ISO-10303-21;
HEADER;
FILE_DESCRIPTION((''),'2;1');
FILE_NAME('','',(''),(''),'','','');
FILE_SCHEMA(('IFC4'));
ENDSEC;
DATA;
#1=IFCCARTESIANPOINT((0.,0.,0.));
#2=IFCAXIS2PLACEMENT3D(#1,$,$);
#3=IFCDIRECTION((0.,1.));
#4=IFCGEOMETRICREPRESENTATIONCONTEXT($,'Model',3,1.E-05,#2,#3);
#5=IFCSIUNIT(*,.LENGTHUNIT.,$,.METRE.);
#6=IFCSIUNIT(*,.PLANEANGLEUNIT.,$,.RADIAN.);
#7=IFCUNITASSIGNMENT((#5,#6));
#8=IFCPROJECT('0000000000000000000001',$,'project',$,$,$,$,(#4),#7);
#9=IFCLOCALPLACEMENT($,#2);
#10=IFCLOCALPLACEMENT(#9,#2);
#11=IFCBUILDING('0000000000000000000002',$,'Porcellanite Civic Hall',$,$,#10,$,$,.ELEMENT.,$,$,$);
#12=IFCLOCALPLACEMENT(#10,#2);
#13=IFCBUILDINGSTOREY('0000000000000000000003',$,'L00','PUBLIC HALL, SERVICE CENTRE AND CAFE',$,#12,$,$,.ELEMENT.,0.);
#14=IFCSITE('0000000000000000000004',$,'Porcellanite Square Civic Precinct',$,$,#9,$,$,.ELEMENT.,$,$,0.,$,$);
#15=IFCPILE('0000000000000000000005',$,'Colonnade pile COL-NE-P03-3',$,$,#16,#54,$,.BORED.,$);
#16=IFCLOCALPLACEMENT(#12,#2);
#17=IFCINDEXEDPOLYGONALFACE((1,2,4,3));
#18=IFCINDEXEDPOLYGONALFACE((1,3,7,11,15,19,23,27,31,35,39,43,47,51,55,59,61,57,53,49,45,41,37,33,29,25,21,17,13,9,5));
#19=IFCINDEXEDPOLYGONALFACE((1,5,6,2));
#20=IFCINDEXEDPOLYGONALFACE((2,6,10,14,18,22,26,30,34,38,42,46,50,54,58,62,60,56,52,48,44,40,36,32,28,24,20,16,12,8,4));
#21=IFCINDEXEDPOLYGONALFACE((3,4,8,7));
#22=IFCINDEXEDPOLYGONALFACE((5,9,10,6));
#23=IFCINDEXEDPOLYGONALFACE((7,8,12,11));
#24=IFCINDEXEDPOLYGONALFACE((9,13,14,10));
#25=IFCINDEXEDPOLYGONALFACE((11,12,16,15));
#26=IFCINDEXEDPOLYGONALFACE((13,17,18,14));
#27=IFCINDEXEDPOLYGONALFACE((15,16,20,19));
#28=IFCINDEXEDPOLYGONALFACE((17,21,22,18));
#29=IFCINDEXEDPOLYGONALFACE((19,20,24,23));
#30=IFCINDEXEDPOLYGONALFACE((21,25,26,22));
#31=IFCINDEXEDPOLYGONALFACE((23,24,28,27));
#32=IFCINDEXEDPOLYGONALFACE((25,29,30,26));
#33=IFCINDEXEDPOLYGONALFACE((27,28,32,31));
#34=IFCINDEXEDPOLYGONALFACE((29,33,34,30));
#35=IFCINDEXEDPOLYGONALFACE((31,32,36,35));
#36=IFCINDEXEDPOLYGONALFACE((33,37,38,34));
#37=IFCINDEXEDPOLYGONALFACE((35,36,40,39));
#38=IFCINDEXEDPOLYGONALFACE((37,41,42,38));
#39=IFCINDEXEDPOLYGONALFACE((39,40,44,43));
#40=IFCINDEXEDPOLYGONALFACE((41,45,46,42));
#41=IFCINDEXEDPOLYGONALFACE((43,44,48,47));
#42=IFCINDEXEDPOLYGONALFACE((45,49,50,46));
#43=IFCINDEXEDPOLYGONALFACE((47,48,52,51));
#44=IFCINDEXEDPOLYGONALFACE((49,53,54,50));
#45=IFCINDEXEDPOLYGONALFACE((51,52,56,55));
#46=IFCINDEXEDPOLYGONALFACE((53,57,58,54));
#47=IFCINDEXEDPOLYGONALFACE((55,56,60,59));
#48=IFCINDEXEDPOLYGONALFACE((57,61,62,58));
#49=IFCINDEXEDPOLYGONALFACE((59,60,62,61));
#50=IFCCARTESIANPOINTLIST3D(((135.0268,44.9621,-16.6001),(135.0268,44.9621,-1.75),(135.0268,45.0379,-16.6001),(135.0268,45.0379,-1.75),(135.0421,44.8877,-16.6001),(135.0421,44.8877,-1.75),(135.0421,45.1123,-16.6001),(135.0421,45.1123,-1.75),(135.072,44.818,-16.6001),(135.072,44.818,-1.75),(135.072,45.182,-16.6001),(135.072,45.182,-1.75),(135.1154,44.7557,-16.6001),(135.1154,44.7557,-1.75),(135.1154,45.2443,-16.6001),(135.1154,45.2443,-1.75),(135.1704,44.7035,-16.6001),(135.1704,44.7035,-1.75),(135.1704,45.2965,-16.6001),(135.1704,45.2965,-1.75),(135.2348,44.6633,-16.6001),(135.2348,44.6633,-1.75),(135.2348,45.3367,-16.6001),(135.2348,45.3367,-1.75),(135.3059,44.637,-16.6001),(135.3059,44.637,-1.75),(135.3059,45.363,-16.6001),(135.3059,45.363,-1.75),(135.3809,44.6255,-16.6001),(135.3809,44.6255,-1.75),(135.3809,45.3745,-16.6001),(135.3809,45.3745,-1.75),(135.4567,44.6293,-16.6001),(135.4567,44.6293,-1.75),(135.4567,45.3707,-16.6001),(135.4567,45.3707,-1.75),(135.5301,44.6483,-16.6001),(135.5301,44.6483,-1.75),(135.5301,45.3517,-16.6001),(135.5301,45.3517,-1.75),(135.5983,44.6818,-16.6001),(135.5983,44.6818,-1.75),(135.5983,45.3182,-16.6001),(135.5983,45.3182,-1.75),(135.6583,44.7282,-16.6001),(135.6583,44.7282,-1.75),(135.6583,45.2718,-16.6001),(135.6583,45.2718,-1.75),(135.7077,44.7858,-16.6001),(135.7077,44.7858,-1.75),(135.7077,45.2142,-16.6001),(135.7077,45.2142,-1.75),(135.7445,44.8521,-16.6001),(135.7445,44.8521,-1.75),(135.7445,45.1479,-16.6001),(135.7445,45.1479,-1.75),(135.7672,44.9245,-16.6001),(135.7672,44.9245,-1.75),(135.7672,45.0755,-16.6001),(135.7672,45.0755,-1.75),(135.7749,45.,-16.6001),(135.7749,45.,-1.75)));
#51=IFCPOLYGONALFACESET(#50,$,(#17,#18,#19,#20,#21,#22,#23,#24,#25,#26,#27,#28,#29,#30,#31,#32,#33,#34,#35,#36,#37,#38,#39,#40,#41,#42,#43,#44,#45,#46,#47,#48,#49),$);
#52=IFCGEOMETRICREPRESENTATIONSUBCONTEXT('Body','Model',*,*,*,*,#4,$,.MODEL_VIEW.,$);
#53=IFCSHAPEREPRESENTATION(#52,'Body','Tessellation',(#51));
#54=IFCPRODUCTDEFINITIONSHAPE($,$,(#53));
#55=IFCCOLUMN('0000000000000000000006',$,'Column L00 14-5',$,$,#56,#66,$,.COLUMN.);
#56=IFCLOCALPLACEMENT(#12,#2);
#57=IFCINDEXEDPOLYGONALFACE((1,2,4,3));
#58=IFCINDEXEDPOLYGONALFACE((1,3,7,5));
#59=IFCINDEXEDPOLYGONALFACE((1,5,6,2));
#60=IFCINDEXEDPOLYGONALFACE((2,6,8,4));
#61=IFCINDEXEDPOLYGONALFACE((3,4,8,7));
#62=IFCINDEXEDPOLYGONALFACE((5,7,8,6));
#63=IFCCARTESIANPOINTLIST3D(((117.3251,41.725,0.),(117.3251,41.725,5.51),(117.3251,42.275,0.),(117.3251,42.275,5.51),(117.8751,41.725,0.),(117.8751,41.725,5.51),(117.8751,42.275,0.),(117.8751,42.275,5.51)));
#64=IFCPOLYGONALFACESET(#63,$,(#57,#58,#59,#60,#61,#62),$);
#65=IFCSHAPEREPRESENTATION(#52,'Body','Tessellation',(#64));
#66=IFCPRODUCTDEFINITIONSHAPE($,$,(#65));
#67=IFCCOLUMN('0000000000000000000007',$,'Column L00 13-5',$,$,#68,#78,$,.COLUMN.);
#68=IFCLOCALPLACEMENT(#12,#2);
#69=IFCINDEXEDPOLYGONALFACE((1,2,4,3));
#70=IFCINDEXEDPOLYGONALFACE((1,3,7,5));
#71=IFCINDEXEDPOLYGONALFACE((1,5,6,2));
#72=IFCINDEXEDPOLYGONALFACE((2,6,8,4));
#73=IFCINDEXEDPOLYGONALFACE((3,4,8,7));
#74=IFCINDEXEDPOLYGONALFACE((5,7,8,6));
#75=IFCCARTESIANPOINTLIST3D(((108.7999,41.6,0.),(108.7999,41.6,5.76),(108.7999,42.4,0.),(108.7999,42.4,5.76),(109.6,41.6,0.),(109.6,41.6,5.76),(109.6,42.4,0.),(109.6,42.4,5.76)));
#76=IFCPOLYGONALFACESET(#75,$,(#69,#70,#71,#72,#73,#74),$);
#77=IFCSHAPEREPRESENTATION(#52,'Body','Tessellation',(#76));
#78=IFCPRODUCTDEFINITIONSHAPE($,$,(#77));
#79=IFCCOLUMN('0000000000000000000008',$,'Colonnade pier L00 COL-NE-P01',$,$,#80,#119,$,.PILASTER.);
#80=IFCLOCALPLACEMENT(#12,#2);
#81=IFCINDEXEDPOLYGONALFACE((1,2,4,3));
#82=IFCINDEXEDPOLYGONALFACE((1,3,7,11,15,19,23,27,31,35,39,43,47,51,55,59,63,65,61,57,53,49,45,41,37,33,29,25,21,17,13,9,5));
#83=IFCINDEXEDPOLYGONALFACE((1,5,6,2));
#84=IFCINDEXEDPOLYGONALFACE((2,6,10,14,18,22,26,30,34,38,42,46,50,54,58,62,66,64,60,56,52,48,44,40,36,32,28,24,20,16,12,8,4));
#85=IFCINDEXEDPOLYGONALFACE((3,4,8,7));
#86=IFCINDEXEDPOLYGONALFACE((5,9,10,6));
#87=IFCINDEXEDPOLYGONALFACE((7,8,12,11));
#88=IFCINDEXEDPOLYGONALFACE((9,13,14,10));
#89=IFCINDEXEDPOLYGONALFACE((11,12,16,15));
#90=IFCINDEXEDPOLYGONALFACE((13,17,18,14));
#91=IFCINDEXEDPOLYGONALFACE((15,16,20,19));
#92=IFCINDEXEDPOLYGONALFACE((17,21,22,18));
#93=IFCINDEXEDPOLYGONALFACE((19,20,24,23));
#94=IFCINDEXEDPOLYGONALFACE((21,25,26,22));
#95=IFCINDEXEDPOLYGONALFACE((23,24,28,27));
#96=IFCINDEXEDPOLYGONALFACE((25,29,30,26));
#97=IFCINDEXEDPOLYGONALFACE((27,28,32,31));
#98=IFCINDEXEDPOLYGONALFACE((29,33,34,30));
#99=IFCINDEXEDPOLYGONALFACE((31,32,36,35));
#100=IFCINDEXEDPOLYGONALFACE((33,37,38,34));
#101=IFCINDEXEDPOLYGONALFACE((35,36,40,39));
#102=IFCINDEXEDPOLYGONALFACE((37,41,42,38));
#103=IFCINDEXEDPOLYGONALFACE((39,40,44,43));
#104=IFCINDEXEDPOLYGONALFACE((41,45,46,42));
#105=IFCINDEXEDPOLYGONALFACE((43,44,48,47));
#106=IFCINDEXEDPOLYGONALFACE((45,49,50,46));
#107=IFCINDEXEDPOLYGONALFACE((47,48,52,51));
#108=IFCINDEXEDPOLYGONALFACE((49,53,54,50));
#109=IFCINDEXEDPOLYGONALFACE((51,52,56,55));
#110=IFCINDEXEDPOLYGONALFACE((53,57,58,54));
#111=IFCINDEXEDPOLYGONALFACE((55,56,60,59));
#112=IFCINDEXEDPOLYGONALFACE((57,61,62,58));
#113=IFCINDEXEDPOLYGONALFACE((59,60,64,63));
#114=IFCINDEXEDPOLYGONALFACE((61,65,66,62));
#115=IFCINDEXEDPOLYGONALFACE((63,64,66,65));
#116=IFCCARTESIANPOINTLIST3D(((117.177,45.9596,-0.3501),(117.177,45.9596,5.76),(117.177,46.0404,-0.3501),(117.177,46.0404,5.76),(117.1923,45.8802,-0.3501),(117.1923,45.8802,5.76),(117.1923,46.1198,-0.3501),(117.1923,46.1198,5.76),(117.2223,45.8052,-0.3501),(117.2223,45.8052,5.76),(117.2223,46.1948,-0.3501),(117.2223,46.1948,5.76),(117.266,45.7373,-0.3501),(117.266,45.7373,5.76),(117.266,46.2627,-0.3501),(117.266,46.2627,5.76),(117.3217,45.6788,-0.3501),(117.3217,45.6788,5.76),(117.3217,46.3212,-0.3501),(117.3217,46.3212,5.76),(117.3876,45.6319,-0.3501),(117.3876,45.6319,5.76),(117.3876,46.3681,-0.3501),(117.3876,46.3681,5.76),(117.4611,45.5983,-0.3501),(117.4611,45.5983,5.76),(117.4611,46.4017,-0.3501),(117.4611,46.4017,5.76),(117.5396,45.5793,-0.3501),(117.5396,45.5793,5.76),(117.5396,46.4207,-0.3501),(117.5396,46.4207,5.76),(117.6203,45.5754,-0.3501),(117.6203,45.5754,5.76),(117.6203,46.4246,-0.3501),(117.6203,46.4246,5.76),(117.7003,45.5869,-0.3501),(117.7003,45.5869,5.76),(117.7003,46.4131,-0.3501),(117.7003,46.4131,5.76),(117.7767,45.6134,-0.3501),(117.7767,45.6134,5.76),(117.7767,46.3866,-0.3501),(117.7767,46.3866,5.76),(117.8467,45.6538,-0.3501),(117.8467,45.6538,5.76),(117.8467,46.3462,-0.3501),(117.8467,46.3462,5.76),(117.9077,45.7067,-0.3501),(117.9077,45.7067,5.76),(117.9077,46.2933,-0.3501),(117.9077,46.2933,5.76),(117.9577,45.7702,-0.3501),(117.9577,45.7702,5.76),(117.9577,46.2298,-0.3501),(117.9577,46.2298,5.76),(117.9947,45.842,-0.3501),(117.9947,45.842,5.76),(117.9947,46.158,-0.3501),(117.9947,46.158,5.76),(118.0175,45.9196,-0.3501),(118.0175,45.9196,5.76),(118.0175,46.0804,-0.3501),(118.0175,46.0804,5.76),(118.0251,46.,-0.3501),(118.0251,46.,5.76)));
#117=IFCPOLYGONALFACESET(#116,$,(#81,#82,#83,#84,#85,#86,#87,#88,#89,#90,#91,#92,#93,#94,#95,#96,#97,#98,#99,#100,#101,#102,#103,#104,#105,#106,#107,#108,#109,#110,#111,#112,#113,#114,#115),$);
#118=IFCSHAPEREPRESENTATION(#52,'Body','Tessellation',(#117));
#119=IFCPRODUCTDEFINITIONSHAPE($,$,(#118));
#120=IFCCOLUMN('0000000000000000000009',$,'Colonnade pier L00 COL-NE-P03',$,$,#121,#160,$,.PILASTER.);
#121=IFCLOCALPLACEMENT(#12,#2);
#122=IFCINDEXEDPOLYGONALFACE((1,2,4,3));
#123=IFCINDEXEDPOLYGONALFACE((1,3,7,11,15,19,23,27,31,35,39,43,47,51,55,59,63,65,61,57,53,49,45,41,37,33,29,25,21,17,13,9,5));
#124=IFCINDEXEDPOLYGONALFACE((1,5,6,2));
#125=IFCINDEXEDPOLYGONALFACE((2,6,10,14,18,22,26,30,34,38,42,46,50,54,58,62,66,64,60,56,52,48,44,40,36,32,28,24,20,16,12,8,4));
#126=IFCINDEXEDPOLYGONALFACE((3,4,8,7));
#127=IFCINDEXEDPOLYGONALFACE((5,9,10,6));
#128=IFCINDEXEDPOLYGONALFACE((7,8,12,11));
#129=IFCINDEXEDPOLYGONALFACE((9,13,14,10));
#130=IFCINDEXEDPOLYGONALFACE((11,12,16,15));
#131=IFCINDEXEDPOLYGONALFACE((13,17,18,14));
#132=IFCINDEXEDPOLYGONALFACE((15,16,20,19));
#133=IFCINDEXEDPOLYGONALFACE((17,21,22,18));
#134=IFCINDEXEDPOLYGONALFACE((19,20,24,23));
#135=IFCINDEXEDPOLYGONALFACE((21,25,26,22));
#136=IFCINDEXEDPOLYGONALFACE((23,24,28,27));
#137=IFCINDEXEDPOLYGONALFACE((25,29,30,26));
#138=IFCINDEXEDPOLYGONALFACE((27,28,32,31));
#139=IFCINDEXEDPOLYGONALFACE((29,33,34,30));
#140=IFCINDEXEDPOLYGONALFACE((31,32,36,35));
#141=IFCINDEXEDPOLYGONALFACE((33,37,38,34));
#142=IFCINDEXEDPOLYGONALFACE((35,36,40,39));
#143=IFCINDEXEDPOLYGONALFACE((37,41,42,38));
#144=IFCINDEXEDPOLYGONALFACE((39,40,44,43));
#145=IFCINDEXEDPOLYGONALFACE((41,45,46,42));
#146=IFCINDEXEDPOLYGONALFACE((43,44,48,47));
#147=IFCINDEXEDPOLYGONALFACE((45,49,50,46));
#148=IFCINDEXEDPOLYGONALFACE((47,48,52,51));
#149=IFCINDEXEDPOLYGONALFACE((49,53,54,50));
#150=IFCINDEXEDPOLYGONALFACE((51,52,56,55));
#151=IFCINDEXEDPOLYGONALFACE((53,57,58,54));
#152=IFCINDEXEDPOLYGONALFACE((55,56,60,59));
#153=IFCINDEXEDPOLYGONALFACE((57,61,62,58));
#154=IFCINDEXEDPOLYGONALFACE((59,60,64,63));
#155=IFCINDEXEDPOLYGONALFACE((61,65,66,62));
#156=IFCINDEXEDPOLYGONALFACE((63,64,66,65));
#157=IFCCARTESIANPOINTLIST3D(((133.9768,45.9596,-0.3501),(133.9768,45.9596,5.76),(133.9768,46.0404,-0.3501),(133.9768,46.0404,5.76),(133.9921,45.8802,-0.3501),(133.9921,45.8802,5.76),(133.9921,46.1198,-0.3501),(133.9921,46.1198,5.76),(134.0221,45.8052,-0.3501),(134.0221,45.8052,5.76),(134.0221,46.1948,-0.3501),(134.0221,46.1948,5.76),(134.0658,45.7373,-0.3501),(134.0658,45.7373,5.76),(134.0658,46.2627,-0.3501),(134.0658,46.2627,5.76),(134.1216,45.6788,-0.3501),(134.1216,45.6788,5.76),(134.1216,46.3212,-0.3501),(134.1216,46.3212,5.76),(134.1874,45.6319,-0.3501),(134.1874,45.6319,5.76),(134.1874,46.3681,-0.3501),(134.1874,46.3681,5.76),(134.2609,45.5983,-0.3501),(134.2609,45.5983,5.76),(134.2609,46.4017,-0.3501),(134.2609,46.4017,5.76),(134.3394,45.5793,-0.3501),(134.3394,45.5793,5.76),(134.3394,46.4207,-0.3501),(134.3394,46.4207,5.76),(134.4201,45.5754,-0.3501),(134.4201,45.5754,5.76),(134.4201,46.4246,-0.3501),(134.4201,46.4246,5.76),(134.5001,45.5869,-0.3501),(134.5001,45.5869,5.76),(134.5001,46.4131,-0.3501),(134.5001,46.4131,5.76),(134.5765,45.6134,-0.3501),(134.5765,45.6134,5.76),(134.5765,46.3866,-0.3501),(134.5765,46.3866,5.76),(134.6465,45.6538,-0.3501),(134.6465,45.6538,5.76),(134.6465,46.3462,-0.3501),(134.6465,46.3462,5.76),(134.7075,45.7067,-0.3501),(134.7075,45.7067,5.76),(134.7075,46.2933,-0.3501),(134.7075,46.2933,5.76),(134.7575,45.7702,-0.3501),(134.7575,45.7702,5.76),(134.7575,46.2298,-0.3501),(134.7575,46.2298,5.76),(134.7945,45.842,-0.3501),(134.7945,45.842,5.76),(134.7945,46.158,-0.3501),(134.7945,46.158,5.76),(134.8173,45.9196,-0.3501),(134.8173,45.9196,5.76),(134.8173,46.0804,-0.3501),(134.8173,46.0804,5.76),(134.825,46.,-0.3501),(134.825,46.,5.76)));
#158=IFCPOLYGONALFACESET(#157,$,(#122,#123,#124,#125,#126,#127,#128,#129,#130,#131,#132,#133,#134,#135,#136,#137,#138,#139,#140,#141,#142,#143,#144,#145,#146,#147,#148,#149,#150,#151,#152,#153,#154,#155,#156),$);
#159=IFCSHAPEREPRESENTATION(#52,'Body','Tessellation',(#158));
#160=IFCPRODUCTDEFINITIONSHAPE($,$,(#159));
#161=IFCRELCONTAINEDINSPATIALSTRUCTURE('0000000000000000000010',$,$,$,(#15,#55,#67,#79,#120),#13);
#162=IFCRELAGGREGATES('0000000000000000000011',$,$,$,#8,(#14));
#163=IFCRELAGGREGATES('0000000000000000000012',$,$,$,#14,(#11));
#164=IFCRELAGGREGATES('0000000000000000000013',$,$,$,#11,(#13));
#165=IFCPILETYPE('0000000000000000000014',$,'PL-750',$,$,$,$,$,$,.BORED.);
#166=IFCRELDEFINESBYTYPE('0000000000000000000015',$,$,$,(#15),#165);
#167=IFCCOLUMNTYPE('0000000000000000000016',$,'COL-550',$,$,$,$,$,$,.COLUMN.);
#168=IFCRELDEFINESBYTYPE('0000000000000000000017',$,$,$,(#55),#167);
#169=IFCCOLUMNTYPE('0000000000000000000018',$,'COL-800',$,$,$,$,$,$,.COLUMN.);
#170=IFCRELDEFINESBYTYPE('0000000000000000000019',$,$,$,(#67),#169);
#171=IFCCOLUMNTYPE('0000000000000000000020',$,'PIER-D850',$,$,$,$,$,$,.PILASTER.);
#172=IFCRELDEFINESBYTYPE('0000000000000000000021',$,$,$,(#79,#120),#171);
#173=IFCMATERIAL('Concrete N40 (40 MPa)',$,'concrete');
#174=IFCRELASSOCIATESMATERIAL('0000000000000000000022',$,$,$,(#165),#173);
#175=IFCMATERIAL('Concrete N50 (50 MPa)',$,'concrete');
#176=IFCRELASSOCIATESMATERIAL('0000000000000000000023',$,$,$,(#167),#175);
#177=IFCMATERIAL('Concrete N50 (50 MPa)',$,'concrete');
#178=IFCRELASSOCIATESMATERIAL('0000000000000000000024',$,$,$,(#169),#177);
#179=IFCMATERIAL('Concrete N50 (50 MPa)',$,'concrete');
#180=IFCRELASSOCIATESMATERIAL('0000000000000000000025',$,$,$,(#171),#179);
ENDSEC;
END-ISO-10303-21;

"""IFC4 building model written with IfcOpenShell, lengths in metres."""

from ifc_helpers import new_model, si_unit, direction, frame, origin, origin_2d, place, context, subcontext, project, spatial, rectangle, circle, extrude, material, material_profile, profile_set, type_object, element, save


model = new_model("IFC4")

# Units and contexts
model_context = context("Model", 3, precision=1e-05, world=origin(), true_north=direction((0.0, 1.0)))
body_context = subcontext(model_context, "Body", "Model", "MODEL_VIEW")
ifc_project = project(units=[si_unit("LENGTHUNIT", "METRE"), si_unit("PLANEANGLEUNIT", "RADIAN")], contexts=[model_context])

# Site, building, storey
site_placement = place(None, origin())
site = spatial("IfcSite", under=ifc_project, at=site_placement, Name="Porcellanite Square Civic Precinct", CompositionType="ELEMENT", RefElevation=0.0)
building_placement = place(site_placement, origin())
building = spatial("IfcBuilding", under=site, at=building_placement, Name="Porcellanite Civic Hall", CompositionType="ELEMENT")
storey_placement = place(building_placement, origin())
storey = spatial("IfcBuildingStorey", under=building, at=storey_placement, Name="L00", Description="PUBLIC HALL, SERVICE CENTRE AND CAFE", CompositionType="ELEMENT", Elevation=0.0)

# Pile
ifc_material_1 = material(Name="Concrete N40 (40 MPa)", Category="concrete")
ifc_material_profile_1 = material_profile(ifc_material_1, circle(Radius=0.375, at=origin_2d()), Name="PILE-D750")
ifc_profile_set_1 = profile_set([ifc_material_profile_1], Name="Concrete N40 (40 MPa)")
pile_type = type_object("IfcPileType", Name="PL-750", PredefinedType="BORED", material=ifc_profile_set_1)
for number, where, z_axis, x_axis, name in (
    (1, (135.3999, 45.0, -1.75), (0.0, 0.0, -1.0), (1.0, 0.0, 0.0), "Colonnade pile COL-NE-P03-3"),
):
    element("IfcPile", number, at=place(storey_placement, frame(where, z_axis=z_axis, x_axis=x_axis)), inside=storey, type_object=pile_type, Name=name, PredefinedType="BORED", context=body_context, shape_type="SweptSolid", body=[
        extrude(circle(Radius=0.375, at=origin_2d()), origin(), (0.0, 0.0, 1.0), 14.8501),
    ])

# Columns
ifc_material_2 = material(Name="Concrete N50 (50 MPa)", Category="concrete")
ifc_material_profile_2 = material_profile(ifc_material_2, rectangle(XDim=0.55, YDim=0.55, at=origin_2d()), Name="RC-550x550")
ifc_profile_set_2 = profile_set([ifc_material_profile_2], Name="Concrete N50 (50 MPa)")
column_type_1 = type_object("IfcColumnType", Name="COL-550", PredefinedType="COLUMN", material=ifc_profile_set_2)
column_1_placement = place(storey_placement, frame((117.6001, 42.0, 0.0), z_axis=(0.0, 0.0, 1.0), x_axis=(1.0, 0.0, 0.0)))
element("IfcColumn", 2, at=column_1_placement, inside=storey, type_object=column_type_1, Name="Column L00 14-5", PredefinedType="COLUMN", context=body_context, shape_type="SweptSolid", body=[
    extrude(rectangle(XDim=0.55, YDim=0.55, at=origin_2d()), origin(), (0.0, 0.0, 1.0), 5.51),
])
ifc_material_3 = material(Name="Concrete N50 (50 MPa)", Category="concrete")
ifc_material_profile_3 = material_profile(ifc_material_3, rectangle(XDim=0.8, YDim=0.8, at=origin_2d()), Name="RC-800x800")
ifc_profile_set_3 = profile_set([ifc_material_profile_3], Name="Concrete N50 (50 MPa)")
column_type_2 = type_object("IfcColumnType", Name="COL-800", PredefinedType="COLUMN", material=ifc_profile_set_3)
column_2_placement = place(storey_placement, frame((109.2, 42.0, 0.0), z_axis=(0.0, 0.0, 1.0), x_axis=(1.0, 0.0, 0.0)))
element("IfcColumn", 3, at=column_2_placement, inside=storey, type_object=column_type_2, Name="Column L00 13-5", PredefinedType="COLUMN", context=body_context, shape_type="SweptSolid", body=[
    extrude(rectangle(XDim=0.8, YDim=0.8, at=origin_2d()), origin(), (0.0, 0.0, 1.0), 5.76),
])
ifc_material_4 = material(Name="Concrete N50 (50 MPa)", Category="concrete")
ifc_material_profile_4 = material_profile(ifc_material_4, circle(Radius=0.425, at=origin_2d()), Name="RC-D850")
ifc_profile_set_4 = profile_set([ifc_material_profile_4], Name="Concrete N50 (50 MPa)")
column_type_3 = type_object("IfcColumnType", Name="PIER-D850", PredefinedType="PILASTER", material=ifc_profile_set_4)
for number, where, z_axis, x_axis, name in (
    (4, (117.6001, 46.0, -0.3501), (0.0, 0.0, 1.0), (1.0, 0.0, 0.0), "Colonnade pier L00 COL-NE-P01"),
    (5, (134.3999, 46.0, -0.3501), (0.0, 0.0, 1.0), (1.0, 0.0, 0.0), "Colonnade pier L00 COL-NE-P03"),
):
    element("IfcColumn", number, at=place(storey_placement, frame(where, z_axis=z_axis, x_axis=x_axis)), inside=storey, type_object=column_type_3, Name=name, PredefinedType="PILASTER", context=body_context, shape_type="SweptSolid", body=[
        extrude(circle(Radius=0.425, at=origin_2d()), origin(), (0.0, 0.0, 1.0), 6.1101),
    ])

save(model, "model.ifc")
